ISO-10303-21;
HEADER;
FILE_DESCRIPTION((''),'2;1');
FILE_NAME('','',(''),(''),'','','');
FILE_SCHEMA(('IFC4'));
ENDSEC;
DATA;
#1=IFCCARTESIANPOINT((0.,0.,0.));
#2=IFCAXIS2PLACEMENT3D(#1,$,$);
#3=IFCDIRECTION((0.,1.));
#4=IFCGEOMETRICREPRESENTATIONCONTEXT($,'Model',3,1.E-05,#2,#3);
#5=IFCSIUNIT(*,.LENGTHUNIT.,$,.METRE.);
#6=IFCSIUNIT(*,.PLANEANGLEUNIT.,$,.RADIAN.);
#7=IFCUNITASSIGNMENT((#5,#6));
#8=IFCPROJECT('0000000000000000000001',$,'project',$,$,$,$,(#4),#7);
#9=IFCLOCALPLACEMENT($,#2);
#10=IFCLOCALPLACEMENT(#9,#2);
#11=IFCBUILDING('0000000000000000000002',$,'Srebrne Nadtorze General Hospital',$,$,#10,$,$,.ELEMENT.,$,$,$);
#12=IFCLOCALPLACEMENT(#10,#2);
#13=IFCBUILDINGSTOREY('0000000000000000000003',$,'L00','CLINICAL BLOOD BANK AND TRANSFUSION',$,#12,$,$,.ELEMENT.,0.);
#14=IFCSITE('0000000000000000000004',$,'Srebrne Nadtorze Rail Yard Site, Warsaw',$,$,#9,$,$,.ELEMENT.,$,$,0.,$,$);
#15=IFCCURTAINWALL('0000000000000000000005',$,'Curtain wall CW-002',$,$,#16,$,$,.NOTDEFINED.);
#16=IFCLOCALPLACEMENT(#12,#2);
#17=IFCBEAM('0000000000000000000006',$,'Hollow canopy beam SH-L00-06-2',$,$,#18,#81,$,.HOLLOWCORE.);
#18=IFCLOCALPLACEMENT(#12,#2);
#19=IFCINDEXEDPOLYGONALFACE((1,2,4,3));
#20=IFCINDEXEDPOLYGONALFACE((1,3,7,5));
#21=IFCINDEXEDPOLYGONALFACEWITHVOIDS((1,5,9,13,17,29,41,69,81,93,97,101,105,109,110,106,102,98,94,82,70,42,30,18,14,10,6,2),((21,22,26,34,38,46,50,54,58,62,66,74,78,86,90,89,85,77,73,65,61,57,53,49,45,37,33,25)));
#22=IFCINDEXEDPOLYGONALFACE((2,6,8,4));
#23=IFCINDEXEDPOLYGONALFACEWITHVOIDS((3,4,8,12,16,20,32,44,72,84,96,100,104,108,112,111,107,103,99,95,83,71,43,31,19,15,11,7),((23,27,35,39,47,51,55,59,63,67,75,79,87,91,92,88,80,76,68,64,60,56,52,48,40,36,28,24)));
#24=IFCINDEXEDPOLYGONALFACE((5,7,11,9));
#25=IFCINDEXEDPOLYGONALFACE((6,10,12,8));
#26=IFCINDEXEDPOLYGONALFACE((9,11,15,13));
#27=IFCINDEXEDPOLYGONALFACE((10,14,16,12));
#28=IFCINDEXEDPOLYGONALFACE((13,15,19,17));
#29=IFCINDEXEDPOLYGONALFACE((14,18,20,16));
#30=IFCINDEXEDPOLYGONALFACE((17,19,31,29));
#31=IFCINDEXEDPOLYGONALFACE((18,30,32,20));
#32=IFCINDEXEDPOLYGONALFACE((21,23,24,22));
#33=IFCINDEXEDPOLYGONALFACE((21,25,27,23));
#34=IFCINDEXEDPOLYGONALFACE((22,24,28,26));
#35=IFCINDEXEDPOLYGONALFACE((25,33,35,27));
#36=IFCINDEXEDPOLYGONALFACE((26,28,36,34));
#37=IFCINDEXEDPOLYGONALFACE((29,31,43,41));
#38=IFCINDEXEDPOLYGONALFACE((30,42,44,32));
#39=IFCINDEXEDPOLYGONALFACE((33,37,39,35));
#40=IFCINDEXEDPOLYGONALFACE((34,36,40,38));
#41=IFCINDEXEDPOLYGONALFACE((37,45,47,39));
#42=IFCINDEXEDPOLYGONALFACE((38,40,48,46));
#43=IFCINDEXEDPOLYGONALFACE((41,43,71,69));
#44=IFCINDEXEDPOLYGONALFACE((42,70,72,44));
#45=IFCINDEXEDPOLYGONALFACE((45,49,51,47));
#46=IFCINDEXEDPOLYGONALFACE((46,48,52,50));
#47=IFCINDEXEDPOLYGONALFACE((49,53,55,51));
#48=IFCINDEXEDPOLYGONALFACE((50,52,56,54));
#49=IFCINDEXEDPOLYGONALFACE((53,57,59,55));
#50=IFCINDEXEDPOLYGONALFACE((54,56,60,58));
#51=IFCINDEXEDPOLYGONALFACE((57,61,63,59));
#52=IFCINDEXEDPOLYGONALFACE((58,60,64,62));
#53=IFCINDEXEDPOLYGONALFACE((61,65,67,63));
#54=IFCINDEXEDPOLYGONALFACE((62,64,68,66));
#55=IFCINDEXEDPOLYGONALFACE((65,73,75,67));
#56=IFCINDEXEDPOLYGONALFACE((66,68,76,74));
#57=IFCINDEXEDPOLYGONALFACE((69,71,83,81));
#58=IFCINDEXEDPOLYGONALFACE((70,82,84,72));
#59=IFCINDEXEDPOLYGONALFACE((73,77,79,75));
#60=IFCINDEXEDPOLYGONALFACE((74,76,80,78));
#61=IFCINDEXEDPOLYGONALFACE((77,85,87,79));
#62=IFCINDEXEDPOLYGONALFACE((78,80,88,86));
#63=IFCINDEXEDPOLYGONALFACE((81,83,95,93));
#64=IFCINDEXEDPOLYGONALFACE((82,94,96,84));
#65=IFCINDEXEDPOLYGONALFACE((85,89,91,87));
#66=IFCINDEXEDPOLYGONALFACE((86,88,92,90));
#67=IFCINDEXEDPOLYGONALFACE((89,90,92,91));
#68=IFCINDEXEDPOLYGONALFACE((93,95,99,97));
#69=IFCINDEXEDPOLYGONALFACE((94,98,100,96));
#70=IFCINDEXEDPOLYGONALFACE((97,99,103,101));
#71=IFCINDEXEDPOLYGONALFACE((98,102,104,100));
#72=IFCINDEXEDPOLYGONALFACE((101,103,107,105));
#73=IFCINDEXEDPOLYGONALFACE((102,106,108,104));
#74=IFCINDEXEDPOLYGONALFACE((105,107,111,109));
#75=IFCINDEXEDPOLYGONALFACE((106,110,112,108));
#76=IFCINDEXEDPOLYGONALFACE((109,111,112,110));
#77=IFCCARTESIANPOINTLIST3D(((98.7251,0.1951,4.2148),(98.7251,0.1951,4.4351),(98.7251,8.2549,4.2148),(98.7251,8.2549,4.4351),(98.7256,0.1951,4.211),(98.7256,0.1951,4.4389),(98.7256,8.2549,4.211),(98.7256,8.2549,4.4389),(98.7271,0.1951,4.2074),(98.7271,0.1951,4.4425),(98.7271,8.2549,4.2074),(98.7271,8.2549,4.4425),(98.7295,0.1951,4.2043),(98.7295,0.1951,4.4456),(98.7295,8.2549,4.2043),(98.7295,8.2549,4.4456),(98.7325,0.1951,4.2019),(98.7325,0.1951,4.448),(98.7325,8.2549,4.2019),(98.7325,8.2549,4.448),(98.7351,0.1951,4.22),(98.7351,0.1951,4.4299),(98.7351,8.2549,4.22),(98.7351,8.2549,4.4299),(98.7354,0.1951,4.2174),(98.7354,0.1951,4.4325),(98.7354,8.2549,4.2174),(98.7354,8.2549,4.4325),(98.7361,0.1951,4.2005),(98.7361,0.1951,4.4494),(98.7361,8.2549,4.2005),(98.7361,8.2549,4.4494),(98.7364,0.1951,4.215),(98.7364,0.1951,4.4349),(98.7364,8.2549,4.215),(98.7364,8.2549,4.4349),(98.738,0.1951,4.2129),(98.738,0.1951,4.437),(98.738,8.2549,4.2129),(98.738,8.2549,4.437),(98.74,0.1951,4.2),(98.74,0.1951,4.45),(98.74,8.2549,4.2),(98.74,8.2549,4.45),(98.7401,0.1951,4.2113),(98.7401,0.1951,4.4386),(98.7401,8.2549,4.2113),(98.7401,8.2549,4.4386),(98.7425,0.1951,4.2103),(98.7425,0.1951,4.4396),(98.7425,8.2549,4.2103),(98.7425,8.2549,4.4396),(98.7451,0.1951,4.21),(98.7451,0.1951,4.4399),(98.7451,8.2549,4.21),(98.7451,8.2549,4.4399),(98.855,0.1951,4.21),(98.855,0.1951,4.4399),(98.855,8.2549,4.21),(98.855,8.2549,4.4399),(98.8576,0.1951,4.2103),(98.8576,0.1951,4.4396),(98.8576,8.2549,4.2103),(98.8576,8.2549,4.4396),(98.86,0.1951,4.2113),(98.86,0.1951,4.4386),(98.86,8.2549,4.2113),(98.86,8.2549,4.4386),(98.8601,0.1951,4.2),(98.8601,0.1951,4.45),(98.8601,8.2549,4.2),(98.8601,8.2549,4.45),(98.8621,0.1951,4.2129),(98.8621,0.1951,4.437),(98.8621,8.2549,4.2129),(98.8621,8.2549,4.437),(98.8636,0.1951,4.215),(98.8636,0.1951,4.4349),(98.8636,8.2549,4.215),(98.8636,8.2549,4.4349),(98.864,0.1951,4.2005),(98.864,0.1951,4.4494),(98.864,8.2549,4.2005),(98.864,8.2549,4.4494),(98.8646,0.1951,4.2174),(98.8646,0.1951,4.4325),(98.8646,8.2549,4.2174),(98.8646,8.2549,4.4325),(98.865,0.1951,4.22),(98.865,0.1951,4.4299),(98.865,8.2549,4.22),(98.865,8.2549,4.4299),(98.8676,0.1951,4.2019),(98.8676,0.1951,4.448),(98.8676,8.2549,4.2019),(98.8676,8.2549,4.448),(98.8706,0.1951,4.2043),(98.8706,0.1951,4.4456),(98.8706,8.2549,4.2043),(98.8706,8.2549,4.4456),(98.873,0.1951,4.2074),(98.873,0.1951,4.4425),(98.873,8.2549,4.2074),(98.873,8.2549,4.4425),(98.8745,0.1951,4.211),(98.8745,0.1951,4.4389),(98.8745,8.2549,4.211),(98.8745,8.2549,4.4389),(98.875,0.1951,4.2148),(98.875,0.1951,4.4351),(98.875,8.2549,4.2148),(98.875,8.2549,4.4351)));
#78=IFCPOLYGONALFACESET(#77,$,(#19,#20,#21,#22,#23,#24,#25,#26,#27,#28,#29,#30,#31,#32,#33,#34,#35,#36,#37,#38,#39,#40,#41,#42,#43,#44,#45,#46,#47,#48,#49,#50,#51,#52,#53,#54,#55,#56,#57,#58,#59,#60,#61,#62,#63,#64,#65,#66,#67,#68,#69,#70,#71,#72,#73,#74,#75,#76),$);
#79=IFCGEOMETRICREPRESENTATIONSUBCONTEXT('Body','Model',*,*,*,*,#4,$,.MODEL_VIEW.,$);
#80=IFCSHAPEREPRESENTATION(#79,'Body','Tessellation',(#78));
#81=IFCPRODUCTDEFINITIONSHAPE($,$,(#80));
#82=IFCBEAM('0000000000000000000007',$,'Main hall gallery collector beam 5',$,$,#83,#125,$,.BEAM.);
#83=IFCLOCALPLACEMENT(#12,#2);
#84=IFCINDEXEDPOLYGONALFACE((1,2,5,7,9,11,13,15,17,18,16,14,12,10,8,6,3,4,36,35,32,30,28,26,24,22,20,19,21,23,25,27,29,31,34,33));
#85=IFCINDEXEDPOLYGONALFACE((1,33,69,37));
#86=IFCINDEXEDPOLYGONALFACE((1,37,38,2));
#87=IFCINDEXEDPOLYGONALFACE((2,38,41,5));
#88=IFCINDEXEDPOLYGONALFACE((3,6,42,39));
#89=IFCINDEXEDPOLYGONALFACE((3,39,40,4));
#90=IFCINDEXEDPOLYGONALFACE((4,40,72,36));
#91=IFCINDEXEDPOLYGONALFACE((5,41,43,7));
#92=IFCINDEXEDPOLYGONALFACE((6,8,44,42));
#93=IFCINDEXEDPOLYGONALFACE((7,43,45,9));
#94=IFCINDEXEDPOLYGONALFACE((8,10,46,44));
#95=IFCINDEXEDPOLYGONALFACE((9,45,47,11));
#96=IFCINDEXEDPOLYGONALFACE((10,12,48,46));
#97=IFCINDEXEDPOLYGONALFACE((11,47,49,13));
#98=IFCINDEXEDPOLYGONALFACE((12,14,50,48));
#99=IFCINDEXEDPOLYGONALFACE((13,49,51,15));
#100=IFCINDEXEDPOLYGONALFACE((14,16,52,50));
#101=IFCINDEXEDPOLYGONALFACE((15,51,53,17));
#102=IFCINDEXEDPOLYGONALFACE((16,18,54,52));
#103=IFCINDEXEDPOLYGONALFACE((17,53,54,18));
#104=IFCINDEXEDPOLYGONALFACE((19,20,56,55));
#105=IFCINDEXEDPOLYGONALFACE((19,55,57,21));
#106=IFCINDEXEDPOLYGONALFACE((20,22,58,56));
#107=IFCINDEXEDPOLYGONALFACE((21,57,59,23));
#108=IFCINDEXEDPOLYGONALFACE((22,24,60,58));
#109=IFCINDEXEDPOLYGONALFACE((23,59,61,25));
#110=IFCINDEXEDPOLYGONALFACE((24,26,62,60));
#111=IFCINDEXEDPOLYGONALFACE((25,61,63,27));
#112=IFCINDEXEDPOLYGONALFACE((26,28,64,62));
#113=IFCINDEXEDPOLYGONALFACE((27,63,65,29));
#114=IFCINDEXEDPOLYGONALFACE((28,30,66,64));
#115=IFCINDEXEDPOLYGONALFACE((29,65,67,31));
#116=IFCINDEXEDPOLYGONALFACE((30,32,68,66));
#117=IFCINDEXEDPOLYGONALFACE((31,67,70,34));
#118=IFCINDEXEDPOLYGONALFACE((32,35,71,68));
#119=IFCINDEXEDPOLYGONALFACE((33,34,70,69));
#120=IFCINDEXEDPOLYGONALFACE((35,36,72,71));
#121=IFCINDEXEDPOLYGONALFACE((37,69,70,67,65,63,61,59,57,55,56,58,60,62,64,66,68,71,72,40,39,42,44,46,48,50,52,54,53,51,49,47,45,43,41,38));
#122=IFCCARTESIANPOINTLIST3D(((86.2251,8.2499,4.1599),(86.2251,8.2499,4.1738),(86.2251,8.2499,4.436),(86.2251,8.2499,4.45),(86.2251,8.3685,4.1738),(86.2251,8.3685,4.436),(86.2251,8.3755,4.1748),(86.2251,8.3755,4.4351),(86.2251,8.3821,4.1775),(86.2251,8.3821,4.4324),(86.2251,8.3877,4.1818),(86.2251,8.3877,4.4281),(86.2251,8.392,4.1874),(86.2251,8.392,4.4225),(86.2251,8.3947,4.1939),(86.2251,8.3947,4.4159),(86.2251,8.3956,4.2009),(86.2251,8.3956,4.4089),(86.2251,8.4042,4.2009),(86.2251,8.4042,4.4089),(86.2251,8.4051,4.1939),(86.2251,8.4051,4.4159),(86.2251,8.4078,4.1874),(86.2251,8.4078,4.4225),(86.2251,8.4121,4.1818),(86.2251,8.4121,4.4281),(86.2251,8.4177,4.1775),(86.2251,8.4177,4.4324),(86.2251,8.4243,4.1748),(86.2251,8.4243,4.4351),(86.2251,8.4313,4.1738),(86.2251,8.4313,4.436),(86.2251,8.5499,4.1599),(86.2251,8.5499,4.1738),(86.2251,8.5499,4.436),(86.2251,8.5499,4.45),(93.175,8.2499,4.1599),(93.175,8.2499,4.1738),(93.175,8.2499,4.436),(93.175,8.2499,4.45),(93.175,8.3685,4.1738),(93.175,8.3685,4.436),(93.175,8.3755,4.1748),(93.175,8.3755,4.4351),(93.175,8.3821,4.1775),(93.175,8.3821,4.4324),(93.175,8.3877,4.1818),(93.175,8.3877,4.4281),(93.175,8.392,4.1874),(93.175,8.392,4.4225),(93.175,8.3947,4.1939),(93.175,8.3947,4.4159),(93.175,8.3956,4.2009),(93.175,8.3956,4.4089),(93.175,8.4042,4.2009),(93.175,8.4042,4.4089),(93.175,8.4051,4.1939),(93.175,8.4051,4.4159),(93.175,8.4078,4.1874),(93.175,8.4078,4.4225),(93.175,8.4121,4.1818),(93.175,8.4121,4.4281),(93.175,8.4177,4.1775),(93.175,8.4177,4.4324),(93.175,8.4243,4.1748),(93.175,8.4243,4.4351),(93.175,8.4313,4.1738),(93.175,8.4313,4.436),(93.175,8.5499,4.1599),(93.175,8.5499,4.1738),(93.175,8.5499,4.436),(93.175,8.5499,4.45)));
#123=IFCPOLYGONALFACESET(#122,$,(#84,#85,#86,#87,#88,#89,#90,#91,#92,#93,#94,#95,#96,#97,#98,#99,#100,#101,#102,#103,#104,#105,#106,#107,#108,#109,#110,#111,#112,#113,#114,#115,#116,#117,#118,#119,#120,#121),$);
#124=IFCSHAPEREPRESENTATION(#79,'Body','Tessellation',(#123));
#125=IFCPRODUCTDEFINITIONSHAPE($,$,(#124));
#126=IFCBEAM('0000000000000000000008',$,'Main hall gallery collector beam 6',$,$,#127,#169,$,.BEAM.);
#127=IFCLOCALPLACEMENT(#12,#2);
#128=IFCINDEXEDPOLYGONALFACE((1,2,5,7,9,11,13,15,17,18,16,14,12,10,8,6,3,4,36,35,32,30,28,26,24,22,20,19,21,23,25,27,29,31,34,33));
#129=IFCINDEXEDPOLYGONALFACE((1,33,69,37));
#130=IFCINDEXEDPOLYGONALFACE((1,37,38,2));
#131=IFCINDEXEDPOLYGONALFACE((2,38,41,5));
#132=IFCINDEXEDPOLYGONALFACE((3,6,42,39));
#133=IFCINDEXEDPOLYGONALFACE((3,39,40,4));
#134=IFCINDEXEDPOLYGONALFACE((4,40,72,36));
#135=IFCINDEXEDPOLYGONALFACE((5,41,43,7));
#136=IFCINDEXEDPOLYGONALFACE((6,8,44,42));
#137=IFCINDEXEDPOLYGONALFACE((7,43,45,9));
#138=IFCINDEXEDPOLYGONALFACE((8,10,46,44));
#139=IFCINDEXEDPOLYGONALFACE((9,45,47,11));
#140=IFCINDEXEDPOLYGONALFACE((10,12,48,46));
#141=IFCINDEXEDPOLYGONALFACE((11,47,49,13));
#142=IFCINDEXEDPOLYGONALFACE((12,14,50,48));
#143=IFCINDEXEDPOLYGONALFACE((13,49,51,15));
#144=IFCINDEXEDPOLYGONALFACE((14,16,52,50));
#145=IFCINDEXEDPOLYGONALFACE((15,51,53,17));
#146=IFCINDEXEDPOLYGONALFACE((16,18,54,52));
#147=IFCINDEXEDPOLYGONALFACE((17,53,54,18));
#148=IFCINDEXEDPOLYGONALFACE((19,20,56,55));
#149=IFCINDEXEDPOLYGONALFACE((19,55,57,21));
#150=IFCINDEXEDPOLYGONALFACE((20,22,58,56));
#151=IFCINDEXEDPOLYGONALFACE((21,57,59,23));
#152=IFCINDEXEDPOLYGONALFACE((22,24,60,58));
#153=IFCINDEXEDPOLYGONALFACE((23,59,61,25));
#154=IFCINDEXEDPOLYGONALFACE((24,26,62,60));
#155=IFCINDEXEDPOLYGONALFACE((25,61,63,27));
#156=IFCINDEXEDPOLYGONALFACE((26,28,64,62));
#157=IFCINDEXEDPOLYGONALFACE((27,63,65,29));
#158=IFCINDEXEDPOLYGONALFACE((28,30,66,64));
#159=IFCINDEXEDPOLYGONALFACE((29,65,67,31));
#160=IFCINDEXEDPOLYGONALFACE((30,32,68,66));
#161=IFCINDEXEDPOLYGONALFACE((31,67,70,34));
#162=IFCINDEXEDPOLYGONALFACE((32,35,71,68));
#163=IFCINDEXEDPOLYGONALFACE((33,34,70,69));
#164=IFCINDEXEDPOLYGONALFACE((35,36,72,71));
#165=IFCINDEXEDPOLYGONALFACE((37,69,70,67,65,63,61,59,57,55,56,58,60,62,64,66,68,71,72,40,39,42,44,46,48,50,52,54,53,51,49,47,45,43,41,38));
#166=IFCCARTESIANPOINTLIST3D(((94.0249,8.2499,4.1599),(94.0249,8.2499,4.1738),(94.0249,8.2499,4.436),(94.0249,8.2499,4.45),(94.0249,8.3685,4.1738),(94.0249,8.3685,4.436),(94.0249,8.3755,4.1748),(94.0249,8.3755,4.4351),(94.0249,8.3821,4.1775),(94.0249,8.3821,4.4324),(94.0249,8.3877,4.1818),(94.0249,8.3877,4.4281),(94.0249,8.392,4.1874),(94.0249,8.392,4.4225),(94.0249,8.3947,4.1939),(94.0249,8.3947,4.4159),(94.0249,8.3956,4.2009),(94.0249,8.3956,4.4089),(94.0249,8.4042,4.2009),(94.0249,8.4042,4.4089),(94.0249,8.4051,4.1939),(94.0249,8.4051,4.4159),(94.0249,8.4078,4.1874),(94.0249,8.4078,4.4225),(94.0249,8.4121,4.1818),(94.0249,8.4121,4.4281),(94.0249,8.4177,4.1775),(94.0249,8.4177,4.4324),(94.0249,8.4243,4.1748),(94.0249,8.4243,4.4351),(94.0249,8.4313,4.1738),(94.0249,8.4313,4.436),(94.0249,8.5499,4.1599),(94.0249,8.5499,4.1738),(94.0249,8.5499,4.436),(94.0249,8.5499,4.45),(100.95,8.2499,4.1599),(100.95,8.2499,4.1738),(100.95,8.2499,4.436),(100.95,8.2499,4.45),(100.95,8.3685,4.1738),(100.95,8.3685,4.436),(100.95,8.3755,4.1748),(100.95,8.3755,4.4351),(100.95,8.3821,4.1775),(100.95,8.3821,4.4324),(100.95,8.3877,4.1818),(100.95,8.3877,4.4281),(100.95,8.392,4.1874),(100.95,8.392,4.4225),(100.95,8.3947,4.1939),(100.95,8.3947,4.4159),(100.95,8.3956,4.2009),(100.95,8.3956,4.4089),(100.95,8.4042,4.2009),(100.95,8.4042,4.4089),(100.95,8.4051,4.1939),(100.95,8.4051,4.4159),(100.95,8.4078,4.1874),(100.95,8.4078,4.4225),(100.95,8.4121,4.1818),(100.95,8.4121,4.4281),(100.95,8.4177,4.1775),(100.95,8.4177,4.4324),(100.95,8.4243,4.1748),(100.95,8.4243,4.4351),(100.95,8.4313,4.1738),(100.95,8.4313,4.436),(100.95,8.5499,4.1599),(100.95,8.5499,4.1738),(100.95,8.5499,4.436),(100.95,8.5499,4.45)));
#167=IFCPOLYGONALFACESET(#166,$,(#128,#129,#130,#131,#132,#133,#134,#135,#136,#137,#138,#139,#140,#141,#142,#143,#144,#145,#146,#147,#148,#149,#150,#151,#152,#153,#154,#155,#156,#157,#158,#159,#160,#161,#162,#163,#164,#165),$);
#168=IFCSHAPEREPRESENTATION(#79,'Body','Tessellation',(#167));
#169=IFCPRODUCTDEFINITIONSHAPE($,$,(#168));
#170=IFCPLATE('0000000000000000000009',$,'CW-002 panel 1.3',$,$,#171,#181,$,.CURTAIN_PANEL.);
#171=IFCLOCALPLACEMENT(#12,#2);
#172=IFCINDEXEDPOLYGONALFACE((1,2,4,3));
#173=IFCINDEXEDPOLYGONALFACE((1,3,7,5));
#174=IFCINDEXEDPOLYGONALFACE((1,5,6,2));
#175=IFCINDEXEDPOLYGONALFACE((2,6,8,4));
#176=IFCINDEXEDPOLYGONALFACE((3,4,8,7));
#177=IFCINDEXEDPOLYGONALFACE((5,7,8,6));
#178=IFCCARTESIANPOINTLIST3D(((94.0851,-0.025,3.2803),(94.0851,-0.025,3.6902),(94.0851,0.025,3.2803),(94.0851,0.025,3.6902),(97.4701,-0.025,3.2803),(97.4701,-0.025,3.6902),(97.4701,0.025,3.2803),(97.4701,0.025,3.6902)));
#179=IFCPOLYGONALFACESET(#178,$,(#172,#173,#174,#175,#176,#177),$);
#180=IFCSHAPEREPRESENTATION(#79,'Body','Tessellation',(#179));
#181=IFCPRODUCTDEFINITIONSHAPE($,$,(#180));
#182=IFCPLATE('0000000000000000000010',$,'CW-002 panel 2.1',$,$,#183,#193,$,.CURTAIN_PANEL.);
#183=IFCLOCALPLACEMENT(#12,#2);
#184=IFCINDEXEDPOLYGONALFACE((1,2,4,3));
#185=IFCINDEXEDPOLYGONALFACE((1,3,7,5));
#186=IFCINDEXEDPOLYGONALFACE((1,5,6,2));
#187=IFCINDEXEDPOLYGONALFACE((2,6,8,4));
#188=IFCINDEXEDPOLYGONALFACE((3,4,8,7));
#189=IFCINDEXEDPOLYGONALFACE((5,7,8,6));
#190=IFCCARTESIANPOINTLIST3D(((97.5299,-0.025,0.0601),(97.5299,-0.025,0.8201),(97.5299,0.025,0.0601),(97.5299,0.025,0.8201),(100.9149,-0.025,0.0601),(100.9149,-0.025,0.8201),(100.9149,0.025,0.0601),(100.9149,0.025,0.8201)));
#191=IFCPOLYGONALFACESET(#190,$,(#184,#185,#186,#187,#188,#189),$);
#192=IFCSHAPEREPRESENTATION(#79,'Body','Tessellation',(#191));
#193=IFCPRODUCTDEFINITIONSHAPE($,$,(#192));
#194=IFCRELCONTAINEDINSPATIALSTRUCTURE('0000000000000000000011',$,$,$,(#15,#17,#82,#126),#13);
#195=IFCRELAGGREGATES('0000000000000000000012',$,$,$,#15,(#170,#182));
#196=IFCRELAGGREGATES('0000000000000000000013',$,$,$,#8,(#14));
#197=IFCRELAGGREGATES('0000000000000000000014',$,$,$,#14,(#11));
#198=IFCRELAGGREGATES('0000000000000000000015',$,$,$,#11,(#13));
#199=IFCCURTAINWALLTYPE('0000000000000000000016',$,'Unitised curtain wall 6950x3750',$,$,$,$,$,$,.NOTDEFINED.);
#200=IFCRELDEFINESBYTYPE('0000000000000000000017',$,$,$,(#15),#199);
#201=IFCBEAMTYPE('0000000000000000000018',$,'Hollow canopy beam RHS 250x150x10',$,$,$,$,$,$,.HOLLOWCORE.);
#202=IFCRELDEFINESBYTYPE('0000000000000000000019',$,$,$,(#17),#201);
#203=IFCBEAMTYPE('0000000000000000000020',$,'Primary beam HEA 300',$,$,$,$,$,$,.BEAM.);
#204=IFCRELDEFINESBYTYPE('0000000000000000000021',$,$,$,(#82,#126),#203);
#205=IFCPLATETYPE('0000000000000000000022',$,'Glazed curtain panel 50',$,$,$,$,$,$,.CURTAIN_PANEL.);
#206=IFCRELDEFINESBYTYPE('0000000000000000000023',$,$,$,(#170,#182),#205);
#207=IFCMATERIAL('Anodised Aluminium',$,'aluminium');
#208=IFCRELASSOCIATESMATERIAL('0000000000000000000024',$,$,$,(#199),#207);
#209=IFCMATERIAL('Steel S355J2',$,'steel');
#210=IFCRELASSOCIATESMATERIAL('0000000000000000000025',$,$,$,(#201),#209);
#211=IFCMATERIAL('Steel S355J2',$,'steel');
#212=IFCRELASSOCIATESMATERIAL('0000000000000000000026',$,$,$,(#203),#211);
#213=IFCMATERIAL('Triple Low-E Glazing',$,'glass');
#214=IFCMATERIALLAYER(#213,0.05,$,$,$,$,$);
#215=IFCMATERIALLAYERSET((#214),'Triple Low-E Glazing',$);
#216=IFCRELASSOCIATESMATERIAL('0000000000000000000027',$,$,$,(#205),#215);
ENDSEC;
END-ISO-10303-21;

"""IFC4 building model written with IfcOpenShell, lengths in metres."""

from ifc_helpers import new_model, si_unit, direction, frame, origin, origin_2d, place, context, subcontext, project, spatial, rectangle, hollow_rectangle, i_section, extrude, material, layer, layer_set, material_profile, profile_set, type_object, element, aggregate, save


model = new_model("IFC4")

# Units and contexts
model_context = context("Model", 3, precision=1e-05, world=origin(), true_north=direction((0.0, 1.0)))
body_context = subcontext(model_context, "Body", "Model", "MODEL_VIEW")
ifc_project = project(units=[si_unit("LENGTHUNIT", "METRE"), si_unit("PLANEANGLEUNIT", "RADIAN")], contexts=[model_context])

# Site, building, storey
site_placement = place(None, origin())
site = spatial("IfcSite", under=ifc_project, at=site_placement, Name="Srebrne Nadtorze Rail Yard Site, Warsaw", CompositionType="ELEMENT", RefElevation=0.0)
building_placement = place(site_placement, origin())
building = spatial("IfcBuilding", under=site, at=building_placement, Name="Srebrne Nadtorze General Hospital", CompositionType="ELEMENT")
storey_placement = place(building_placement, origin())
storey = spatial("IfcBuildingStorey", under=building, at=storey_placement, Name="L00", Description="CLINICAL BLOOD BANK AND TRANSFUSION", CompositionType="ELEMENT", Elevation=0.0)

# Curtain wall
ifc_material_1 = material(Name="Anodised Aluminium", Category="aluminium")
curtain_wall_type = type_object("IfcCurtainWallType", Name="Unitised curtain wall 6950x3750", PredefinedType="NOTDEFINED", material=ifc_material_1)
curtain_wall_placement = place(storey_placement, origin())
curtain_wall = element("IfcCurtainWall", 1, at=curtain_wall_placement, inside=storey, type_object=curtain_wall_type, Name="Curtain wall CW-002", PredefinedType="NOTDEFINED")

# Beams
ifc_material_2 = material(Name="Steel S355J2", Category="steel")
ifc_material_profile_1 = material_profile(ifc_material_2, hollow_rectangle(XDim=0.1499, YDim=0.25, WallThickness=0.01, InnerFilletRadius=0.01, OuterFilletRadius=0.0149, at=origin_2d()), Name="RHS-250x150x10")
ifc_profile_set_1 = profile_set([ifc_material_profile_1], Name="Steel S355J2")
beam_type_1 = type_object("IfcBeamType", Name="Hollow canopy beam RHS 250x150x10", PredefinedType="HOLLOWCORE", material=ifc_profile_set_1)
for number, where, z_axis, x_axis, name in (
    (2, (98.8, 0.1951, 4.325), (0.0, 1.0, 0.0), (-1.0, 0.0, 0.0), "Hollow canopy beam SH-L00-06-2"),
):
    element("IfcBeam", number, at=place(storey_placement, frame(where, z_axis=z_axis, x_axis=x_axis)), inside=storey, type_object=beam_type_1, Name=name, PredefinedType="HOLLOWCORE", context=body_context, shape_type="SweptSolid", body=[
        extrude(hollow_rectangle(XDim=0.1499, YDim=0.25, WallThickness=0.01, InnerFilletRadius=0.01, OuterFilletRadius=0.0149, at=origin_2d()), origin(), (0.0, 0.0, 1.0), 8.0598),
    ])
ifc_material_3 = material(Name="Steel S355J2", Category="steel")
ifc_material_profile_2 = material_profile(ifc_material_3, i_section(OverallWidth=0.3, OverallDepth=0.29, WebThickness=0.0085, FlangeThickness=0.0139, FilletRadius=0.0271, at=origin_2d()), Name="HEA-300")
ifc_profile_set_2 = profile_set([ifc_material_profile_2], Name="Steel S355J2")
beam_type_2 = type_object("IfcBeamType", Name="Primary beam HEA 300", PredefinedType="BEAM", material=ifc_profile_set_2)
beam_1_placement = place(storey_placement, frame((86.2251, 8.3999, 4.3049), z_axis=(1.0, 0.0, 0.0), x_axis=(0.0, 1.0, 0.0)))
element("IfcBeam", 3, at=beam_1_placement, inside=storey, type_object=beam_type_2, Name="Main hall gallery collector beam 5", PredefinedType="BEAM", context=body_context, shape_type="SweptSolid", body=[
    extrude(i_section(OverallWidth=0.3, OverallDepth=0.29, WebThickness=0.0085, FlangeThickness=0.0139, FilletRadius=0.0271, at=origin_2d()), origin(), (0.0, 0.0, 1.0), 6.95),
])
beam_2_placement = place(storey_placement, frame((94.0249, 8.3999, 4.3049), z_axis=(1.0, 0.0, 0.0), x_axis=(0.0, 1.0, 0.0)))
element("IfcBeam", 4, at=beam_2_placement, inside=storey, type_object=beam_type_2, Name="Main hall gallery collector beam 6", PredefinedType="BEAM", context=body_context, shape_type="SweptSolid", body=[
    extrude(i_section(OverallWidth=0.3, OverallDepth=0.29, WebThickness=0.0085, FlangeThickness=0.0139, FilletRadius=0.0271, at=origin_2d()), origin(), (0.0, 0.0, 1.0), 6.925),
])

# Plates
ifc_material_4 = material(Name="Triple Low-E Glazing", Category="glass")
ifc_layer_1 = layer(ifc_material_4, 0.05)
ifc_layer_set_1 = layer_set([ifc_layer_1], Name="Triple Low-E Glazing")
plate_type = type_object("IfcPlateType", Name="Glazed curtain panel 50", PredefinedType="CURTAIN_PANEL", material=ifc_layer_set_1)
plate_1_placement = place(storey_placement, frame((95.7776, 0.0, 3.2803), z_axis=(0.0, 0.0, 1.0), x_axis=(1.0, 0.0, 0.0)))
plate_1 = element("IfcPlate", 5, at=plate_1_placement, type_object=plate_type, Name="CW-002 panel 1.3", PredefinedType="CURTAIN_PANEL", context=body_context, shape_type="SweptSolid", body=[
    extrude(rectangle(XDim=3.385, YDim=0.05, at=origin_2d()), origin(), (0.0, 0.0, 1.0), 0.4099),
])
plate_2_placement = place(storey_placement, frame((99.2224, 0.0, 0.0601), z_axis=(0.0, 0.0, 1.0), x_axis=(1.0, 0.0, 0.0)))
plate_2 = element("IfcPlate", 6, at=plate_2_placement, type_object=plate_type, Name="CW-002 panel 2.1", PredefinedType="CURTAIN_PANEL", context=body_context, shape_type="SweptSolid", body=[
    extrude(rectangle(XDim=3.385, YDim=0.05, at=origin_2d()), origin(), (0.0, 0.0, 1.0), 0.76),
])
aggregate(curtain_wall, [plate_1, plate_2])

save(model, "model.ifc")
